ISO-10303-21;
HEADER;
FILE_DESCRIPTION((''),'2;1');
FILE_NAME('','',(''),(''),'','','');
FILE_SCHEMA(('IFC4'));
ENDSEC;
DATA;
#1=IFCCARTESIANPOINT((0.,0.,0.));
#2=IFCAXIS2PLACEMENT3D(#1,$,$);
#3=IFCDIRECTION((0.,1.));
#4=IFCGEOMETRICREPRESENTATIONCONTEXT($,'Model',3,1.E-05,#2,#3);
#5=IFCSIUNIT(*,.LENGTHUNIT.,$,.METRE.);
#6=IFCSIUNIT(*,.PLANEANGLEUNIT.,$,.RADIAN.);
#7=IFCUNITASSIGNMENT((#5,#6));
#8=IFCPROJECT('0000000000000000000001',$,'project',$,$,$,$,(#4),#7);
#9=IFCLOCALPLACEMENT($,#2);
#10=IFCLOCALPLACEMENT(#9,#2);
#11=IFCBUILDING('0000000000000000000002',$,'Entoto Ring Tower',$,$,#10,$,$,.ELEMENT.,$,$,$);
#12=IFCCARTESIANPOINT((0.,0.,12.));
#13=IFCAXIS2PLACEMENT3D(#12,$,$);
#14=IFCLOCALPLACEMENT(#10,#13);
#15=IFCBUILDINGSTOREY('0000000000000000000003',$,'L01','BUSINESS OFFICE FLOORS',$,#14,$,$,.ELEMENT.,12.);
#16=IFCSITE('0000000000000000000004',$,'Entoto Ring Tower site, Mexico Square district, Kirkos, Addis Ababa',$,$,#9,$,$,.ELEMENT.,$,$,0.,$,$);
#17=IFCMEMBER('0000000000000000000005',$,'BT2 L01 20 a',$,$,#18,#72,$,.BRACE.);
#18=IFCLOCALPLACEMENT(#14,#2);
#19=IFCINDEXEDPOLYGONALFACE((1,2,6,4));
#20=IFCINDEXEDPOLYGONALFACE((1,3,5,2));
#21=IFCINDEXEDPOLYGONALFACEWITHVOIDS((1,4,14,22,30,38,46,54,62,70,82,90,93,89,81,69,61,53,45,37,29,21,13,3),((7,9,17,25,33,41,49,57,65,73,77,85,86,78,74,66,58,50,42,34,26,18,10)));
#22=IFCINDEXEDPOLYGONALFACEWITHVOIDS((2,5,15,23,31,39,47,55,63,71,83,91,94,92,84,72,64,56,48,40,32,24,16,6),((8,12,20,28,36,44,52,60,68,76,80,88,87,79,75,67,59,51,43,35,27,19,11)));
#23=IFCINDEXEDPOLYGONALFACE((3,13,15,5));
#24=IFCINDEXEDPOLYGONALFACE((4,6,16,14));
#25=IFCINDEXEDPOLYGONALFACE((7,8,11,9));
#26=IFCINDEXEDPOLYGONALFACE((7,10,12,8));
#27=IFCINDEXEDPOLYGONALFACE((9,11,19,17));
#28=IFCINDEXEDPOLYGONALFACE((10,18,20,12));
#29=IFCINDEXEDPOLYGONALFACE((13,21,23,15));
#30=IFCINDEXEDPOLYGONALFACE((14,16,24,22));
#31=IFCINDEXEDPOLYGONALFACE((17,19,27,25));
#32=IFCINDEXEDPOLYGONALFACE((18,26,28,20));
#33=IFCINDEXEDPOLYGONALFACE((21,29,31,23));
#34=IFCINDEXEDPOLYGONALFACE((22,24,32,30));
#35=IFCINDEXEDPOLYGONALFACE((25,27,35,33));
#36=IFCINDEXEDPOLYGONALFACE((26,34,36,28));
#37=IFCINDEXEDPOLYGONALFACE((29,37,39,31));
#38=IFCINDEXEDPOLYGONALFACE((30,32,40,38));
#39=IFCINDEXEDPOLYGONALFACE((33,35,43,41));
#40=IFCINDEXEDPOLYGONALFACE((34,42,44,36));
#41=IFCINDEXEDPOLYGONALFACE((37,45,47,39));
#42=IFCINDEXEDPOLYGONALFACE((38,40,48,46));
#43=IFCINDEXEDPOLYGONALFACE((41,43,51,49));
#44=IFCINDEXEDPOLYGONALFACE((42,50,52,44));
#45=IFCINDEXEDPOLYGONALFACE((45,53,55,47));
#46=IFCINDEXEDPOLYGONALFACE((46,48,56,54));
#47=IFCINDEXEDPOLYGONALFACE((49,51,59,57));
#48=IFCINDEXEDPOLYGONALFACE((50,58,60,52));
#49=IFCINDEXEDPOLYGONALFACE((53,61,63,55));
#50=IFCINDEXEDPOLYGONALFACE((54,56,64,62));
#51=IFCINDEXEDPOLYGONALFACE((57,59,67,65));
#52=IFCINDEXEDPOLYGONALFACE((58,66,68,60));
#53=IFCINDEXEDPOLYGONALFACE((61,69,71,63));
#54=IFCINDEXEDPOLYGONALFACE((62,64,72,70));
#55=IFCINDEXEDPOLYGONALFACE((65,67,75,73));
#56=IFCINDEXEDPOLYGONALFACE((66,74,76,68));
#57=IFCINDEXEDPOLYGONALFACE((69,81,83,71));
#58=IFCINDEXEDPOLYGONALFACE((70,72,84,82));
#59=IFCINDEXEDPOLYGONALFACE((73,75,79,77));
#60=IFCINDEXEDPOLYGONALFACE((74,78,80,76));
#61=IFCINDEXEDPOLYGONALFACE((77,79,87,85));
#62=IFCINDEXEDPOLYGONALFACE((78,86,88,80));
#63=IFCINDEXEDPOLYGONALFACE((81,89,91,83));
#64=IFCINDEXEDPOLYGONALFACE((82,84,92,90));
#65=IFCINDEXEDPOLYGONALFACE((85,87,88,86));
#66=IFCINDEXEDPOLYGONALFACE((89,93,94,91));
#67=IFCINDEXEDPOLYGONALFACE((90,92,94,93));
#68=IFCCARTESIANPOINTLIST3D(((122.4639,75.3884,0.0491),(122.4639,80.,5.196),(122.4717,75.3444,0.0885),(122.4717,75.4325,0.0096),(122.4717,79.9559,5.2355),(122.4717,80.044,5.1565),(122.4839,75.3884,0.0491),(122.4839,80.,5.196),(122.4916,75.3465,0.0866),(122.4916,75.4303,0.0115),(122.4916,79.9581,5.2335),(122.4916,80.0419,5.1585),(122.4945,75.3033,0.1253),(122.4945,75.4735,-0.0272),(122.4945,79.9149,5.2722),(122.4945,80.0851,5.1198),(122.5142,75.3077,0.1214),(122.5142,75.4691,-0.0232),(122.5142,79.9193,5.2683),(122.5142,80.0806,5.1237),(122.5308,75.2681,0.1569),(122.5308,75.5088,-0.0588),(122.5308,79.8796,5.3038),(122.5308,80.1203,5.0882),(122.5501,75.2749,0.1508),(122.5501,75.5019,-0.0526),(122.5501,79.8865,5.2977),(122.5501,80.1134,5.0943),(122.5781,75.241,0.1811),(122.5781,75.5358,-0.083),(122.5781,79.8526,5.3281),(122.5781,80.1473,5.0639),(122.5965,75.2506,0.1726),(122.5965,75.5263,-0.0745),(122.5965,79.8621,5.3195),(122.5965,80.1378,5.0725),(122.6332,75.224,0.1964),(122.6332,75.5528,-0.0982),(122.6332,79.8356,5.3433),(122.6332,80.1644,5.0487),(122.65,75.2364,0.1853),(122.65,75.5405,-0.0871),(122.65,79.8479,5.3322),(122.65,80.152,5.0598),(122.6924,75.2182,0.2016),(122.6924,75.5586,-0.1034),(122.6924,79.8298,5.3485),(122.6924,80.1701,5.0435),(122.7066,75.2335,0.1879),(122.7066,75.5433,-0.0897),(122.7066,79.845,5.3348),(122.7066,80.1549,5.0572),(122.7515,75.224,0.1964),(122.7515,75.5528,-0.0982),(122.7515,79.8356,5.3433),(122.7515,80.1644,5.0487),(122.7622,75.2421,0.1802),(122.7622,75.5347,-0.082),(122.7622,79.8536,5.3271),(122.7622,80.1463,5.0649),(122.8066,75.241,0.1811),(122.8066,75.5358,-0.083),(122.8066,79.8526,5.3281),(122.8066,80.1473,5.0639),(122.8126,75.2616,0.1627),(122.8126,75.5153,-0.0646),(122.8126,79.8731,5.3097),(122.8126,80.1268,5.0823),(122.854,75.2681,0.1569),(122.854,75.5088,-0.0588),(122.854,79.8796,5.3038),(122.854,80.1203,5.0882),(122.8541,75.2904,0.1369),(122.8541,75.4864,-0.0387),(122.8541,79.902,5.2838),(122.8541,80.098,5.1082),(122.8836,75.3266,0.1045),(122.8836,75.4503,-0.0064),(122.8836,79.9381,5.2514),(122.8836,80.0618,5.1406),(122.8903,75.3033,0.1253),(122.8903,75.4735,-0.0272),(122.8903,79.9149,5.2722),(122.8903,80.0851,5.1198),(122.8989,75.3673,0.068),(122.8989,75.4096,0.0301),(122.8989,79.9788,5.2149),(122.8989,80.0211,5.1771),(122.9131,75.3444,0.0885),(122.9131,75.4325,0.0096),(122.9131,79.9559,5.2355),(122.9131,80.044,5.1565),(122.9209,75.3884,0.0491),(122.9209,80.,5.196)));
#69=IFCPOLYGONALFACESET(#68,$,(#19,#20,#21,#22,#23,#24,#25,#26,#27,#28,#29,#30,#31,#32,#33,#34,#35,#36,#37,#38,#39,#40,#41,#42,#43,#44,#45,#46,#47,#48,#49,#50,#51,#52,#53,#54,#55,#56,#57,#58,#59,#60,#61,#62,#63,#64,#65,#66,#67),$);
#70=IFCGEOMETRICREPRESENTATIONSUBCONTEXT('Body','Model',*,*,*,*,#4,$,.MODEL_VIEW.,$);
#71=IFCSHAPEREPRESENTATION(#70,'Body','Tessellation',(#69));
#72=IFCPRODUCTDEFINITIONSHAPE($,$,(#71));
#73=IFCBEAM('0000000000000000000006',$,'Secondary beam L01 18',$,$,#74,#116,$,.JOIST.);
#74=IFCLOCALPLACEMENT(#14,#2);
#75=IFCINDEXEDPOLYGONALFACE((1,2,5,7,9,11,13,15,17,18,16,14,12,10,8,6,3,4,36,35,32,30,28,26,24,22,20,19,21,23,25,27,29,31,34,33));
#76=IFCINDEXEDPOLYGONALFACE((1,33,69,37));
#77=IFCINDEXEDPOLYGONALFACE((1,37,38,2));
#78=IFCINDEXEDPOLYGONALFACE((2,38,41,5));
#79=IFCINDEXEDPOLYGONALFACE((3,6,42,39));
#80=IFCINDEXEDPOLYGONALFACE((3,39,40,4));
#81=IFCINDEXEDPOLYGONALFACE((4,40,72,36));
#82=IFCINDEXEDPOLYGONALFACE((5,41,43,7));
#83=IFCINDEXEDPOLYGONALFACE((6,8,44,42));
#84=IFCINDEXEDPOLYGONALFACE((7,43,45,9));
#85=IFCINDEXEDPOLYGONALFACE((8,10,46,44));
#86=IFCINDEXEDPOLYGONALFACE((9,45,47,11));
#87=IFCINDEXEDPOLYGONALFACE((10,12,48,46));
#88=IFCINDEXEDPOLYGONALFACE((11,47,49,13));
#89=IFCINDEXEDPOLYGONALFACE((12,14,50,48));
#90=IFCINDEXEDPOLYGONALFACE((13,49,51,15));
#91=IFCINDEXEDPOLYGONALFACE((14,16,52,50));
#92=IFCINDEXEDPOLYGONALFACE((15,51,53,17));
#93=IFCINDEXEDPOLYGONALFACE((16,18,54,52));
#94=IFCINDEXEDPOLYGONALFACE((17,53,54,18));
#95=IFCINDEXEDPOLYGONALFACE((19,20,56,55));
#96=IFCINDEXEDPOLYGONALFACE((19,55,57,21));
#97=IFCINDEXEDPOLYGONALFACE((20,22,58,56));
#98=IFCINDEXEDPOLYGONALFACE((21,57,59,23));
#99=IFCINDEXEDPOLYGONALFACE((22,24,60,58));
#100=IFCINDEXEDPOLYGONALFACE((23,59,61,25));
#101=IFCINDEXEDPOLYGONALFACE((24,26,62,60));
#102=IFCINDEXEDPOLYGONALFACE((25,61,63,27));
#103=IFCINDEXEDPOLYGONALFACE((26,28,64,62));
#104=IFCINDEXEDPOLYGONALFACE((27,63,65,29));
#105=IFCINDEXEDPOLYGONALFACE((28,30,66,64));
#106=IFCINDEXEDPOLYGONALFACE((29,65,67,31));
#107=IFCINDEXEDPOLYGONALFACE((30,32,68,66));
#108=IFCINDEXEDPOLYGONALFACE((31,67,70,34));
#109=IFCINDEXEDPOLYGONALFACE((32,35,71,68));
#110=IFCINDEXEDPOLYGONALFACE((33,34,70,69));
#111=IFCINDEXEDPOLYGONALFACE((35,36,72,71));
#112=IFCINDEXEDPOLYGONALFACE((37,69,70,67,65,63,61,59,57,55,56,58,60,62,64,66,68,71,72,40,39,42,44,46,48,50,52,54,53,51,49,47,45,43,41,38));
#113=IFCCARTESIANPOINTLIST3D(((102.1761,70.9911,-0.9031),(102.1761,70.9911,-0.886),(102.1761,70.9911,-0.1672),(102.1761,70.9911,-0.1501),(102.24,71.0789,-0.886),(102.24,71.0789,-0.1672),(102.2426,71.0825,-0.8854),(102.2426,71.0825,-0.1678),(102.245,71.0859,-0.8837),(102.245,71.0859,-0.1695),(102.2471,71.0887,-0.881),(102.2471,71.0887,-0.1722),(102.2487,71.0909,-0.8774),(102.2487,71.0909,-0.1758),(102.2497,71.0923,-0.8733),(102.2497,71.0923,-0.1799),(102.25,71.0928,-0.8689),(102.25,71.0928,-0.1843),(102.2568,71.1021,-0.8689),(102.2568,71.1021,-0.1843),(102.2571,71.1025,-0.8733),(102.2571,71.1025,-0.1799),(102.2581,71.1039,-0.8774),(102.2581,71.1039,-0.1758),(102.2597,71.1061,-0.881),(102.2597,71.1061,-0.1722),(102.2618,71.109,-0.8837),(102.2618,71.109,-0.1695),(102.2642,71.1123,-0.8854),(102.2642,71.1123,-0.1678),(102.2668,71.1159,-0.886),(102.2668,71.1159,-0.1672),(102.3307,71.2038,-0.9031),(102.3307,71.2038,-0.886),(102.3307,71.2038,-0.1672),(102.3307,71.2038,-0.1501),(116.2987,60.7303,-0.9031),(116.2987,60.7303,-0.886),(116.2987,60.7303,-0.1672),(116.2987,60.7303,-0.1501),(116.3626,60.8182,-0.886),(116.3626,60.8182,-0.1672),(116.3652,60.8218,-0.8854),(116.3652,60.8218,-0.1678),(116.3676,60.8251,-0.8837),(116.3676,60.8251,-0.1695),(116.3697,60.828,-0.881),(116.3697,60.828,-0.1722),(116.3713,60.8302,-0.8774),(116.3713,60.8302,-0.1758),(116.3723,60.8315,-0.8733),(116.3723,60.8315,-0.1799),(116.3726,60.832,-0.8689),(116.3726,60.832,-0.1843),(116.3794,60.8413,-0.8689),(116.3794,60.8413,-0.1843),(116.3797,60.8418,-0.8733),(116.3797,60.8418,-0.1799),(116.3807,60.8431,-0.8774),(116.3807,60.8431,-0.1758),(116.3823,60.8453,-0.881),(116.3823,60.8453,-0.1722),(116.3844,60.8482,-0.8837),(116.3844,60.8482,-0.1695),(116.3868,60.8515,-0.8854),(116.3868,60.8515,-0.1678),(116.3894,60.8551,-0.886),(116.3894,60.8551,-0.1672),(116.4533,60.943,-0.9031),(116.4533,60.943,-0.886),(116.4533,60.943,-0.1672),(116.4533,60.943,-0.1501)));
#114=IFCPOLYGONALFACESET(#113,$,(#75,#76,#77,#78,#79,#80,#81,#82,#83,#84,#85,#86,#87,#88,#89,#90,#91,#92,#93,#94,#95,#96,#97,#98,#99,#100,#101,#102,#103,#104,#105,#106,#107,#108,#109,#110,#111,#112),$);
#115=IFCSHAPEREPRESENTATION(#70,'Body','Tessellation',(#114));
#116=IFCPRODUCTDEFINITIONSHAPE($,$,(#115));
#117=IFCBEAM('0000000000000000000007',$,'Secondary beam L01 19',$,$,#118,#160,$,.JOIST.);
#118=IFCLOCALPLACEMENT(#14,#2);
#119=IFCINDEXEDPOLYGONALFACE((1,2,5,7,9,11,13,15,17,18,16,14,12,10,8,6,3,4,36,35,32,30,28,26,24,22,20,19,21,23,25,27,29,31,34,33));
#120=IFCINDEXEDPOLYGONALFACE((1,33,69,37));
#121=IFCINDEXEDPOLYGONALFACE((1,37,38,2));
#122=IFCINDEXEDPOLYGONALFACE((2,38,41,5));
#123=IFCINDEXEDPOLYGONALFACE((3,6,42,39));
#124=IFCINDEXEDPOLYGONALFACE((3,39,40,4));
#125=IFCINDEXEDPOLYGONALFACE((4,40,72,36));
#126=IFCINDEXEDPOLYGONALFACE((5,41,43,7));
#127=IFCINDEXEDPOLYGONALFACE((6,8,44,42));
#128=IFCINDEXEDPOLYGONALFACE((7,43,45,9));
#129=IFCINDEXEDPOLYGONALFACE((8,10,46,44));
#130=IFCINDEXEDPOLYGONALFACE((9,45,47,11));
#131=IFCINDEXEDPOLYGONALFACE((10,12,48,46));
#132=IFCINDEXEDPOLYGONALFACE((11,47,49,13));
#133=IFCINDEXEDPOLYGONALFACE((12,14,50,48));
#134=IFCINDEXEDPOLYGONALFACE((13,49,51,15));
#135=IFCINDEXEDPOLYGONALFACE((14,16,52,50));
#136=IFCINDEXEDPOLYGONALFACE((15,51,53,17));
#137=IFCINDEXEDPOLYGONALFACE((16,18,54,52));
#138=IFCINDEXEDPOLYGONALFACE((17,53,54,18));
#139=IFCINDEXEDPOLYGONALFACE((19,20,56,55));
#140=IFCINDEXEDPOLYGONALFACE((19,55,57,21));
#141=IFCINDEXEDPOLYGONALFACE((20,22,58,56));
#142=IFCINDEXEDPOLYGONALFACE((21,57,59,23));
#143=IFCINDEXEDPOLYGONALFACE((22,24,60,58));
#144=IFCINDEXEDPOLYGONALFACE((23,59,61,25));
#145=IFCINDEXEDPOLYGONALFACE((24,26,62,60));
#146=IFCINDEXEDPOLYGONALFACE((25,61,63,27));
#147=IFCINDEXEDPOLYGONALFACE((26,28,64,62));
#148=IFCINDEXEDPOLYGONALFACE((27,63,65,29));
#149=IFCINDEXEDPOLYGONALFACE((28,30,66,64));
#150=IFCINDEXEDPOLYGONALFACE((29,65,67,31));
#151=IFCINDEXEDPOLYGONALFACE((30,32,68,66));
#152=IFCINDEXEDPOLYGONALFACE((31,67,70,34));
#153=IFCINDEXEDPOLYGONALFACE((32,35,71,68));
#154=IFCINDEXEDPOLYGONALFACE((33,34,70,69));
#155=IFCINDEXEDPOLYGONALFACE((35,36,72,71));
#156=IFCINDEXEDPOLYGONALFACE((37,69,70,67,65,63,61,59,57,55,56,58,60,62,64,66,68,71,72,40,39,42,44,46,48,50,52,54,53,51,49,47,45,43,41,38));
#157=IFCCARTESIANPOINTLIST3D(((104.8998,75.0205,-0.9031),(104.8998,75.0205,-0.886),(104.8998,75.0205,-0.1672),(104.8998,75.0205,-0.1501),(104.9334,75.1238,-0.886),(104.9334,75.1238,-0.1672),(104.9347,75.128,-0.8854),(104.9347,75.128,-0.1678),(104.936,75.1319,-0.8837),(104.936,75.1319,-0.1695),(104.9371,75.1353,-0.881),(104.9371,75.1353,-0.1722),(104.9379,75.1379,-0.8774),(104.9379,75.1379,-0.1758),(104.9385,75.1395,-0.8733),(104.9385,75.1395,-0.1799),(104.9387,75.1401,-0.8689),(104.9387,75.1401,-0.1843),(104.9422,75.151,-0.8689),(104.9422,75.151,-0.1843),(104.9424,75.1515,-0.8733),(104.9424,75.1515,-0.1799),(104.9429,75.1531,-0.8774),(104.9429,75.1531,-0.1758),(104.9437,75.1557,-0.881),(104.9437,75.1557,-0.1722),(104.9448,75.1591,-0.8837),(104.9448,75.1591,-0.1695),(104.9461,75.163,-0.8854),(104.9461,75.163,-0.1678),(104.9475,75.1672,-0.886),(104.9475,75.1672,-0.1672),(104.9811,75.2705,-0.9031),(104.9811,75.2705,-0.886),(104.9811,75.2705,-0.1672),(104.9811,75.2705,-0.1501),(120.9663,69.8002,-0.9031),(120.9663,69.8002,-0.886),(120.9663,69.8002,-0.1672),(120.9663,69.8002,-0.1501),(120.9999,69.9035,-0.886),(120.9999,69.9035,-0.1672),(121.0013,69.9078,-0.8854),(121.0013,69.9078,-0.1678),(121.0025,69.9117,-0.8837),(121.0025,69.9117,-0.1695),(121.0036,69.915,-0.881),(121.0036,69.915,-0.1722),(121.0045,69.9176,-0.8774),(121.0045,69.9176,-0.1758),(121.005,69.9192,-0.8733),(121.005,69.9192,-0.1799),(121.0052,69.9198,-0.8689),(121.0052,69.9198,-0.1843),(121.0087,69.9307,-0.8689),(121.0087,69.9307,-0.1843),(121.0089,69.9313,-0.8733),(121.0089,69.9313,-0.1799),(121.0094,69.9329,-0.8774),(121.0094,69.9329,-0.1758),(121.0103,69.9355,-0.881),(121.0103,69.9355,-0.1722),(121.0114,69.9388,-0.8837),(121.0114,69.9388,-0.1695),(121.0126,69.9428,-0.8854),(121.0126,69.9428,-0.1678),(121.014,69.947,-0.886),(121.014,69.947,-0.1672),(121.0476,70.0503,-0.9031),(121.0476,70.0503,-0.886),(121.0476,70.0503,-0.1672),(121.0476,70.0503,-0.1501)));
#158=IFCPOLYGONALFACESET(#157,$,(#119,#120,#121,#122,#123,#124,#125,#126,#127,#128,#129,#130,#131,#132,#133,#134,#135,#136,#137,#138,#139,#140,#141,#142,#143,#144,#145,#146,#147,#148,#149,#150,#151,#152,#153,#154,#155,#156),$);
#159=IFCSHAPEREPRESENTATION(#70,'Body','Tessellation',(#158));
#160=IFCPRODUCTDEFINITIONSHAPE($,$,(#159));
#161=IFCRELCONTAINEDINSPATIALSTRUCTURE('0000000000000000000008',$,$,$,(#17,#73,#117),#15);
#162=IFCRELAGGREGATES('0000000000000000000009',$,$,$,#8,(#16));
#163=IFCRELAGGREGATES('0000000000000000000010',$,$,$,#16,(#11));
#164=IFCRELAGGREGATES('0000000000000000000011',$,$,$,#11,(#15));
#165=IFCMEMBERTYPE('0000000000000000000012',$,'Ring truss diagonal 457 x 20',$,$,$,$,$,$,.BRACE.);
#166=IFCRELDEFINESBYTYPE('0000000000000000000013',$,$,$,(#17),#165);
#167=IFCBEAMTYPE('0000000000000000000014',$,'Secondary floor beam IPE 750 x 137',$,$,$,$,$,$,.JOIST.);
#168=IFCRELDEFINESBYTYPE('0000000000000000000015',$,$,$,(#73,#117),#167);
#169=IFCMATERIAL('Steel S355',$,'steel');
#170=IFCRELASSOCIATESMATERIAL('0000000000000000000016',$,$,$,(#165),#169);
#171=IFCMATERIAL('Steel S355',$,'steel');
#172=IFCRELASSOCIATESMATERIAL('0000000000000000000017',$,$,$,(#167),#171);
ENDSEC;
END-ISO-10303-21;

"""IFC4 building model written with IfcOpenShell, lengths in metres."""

from ifc_helpers import new_model, si_unit, direction, frame, origin, origin_2d, place, context, subcontext, project, spatial, circle, hollow_circle, i_section, extrude, material, material_profile, profile_set, type_object, element, save


model = new_model("IFC4")

# Units and contexts
model_context = context("Model", 3, precision=1e-05, world=origin(), true_north=direction((0.0, 1.0)))
body_context = subcontext(model_context, "Body", "Model", "MODEL_VIEW")
ifc_project = project(units=[si_unit("LENGTHUNIT", "METRE"), si_unit("PLANEANGLEUNIT", "RADIAN")], contexts=[model_context])

# Site, building, storey
site_placement = place(None, origin())
site = spatial("IfcSite", under=ifc_project, at=site_placement, Name="Entoto Ring Tower site, Mexico Square district, Kirkos, Addis Ababa", CompositionType="ELEMENT", RefElevation=0.0)
building_placement = place(site_placement, origin())
building = spatial("IfcBuilding", under=site, at=building_placement, Name="Entoto Ring Tower", CompositionType="ELEMENT")
storey_placement = place(building_placement, frame((0.0, 0.0, 12.0)))
storey = spatial("IfcBuildingStorey", under=building, at=storey_placement, Name="L01", Description="BUSINESS OFFICE FLOORS", CompositionType="ELEMENT", Elevation=12.0)

# Member
ifc_material_1 = material(Name="Steel S355", Category="steel")
ifc_material_profile_1 = material_profile(ifc_material_1, hollow_circle(Radius=0.2285, WallThickness=0.02, at=origin_2d()), Name="CHS 457 x 20")
ifc_material_2 = material(Name="Concrete C60/75", Category="concrete")
ifc_material_profile_2 = material_profile(ifc_material_2, circle(Radius=0.2085, at=origin_2d()), Name="Concrete C60/75 infill")
ifc_profile_set_1 = profile_set([ifc_material_profile_1, ifc_material_profile_2], Name="Steel S355")
member_type_1 = type_object("IfcMemberType", Name="Ring truss diagonal 457 x 20", PredefinedType="BRACE", material=ifc_profile_set_1)
member_1_placement = place(storey_placement, frame((122.6924, 75.3884, 0.0491), z_axis=(0.0, 0.667308, 0.744782), x_axis=(-1.0, 0.0, 0.0)))
element("IfcMember", 1, at=member_1_placement, inside=storey, type_object=member_type_1, Name="BT2 L01 20 a", PredefinedType="BRACE", context=body_context, shape_type="SweptSolid", body=[
    extrude(hollow_circle(Radius=0.2285, WallThickness=0.02, at=origin_2d()), origin(), (0.0, 0.0, 1.0), 6.9106),
])

# Beams
ifc_material_3 = material(Name="Steel S355", Category="steel")
ifc_material_profile_3 = material_profile(ifc_material_3, i_section(OverallWidth=0.2629, OverallDepth=0.7529, WebThickness=0.0115, FlangeThickness=0.0171, FilletRadius=0.0171, at=origin_2d()), Name="IPE 750 x 137")
ifc_profile_set_2 = profile_set([ifc_material_profile_3], Name="Steel S355")
beam_type_1 = type_object("IfcBeamType", Name="Secondary floor beam IPE 750 x 137", PredefinedType="JOIST", material=ifc_profile_set_2)
beam_1_placement = place(storey_placement, frame((102.2534, 71.0974, -0.5266), z_axis=(0.809014, -0.587789, 0.0), x_axis=(0.587789, 0.809014, 0.0)))
element("IfcBeam", 2, at=beam_1_placement, inside=storey, type_object=beam_type_1, Name="Secondary beam L01 18", PredefinedType="JOIST", context=body_context, shape_type="SweptSolid", body=[
    extrude(i_section(OverallWidth=0.2629, OverallDepth=0.7529, WebThickness=0.0115, FlangeThickness=0.0171, FilletRadius=0.0171, at=origin_2d()), origin(), (0.0, 0.0, 1.0), 17.4565),
])
beam_2_placement = place(storey_placement, frame((104.9404, 75.1455, -0.5266), z_axis=(0.951058, -0.309013, 0.0), x_axis=(0.309013, 0.951058, 0.0)))
element("IfcBeam", 3, at=beam_2_placement, inside=storey, type_object=beam_type_1, Name="Secondary beam L01 19", PredefinedType="JOIST", context=body_context, shape_type="SweptSolid", body=[
    extrude(i_section(OverallWidth=0.2629, OverallDepth=0.7529, WebThickness=0.0115, FlangeThickness=0.0171, FilletRadius=0.0171, at=origin_2d()), origin(), (0.0, 0.0, 1.0), 16.8933),
])

save(model, "model.ifc")
